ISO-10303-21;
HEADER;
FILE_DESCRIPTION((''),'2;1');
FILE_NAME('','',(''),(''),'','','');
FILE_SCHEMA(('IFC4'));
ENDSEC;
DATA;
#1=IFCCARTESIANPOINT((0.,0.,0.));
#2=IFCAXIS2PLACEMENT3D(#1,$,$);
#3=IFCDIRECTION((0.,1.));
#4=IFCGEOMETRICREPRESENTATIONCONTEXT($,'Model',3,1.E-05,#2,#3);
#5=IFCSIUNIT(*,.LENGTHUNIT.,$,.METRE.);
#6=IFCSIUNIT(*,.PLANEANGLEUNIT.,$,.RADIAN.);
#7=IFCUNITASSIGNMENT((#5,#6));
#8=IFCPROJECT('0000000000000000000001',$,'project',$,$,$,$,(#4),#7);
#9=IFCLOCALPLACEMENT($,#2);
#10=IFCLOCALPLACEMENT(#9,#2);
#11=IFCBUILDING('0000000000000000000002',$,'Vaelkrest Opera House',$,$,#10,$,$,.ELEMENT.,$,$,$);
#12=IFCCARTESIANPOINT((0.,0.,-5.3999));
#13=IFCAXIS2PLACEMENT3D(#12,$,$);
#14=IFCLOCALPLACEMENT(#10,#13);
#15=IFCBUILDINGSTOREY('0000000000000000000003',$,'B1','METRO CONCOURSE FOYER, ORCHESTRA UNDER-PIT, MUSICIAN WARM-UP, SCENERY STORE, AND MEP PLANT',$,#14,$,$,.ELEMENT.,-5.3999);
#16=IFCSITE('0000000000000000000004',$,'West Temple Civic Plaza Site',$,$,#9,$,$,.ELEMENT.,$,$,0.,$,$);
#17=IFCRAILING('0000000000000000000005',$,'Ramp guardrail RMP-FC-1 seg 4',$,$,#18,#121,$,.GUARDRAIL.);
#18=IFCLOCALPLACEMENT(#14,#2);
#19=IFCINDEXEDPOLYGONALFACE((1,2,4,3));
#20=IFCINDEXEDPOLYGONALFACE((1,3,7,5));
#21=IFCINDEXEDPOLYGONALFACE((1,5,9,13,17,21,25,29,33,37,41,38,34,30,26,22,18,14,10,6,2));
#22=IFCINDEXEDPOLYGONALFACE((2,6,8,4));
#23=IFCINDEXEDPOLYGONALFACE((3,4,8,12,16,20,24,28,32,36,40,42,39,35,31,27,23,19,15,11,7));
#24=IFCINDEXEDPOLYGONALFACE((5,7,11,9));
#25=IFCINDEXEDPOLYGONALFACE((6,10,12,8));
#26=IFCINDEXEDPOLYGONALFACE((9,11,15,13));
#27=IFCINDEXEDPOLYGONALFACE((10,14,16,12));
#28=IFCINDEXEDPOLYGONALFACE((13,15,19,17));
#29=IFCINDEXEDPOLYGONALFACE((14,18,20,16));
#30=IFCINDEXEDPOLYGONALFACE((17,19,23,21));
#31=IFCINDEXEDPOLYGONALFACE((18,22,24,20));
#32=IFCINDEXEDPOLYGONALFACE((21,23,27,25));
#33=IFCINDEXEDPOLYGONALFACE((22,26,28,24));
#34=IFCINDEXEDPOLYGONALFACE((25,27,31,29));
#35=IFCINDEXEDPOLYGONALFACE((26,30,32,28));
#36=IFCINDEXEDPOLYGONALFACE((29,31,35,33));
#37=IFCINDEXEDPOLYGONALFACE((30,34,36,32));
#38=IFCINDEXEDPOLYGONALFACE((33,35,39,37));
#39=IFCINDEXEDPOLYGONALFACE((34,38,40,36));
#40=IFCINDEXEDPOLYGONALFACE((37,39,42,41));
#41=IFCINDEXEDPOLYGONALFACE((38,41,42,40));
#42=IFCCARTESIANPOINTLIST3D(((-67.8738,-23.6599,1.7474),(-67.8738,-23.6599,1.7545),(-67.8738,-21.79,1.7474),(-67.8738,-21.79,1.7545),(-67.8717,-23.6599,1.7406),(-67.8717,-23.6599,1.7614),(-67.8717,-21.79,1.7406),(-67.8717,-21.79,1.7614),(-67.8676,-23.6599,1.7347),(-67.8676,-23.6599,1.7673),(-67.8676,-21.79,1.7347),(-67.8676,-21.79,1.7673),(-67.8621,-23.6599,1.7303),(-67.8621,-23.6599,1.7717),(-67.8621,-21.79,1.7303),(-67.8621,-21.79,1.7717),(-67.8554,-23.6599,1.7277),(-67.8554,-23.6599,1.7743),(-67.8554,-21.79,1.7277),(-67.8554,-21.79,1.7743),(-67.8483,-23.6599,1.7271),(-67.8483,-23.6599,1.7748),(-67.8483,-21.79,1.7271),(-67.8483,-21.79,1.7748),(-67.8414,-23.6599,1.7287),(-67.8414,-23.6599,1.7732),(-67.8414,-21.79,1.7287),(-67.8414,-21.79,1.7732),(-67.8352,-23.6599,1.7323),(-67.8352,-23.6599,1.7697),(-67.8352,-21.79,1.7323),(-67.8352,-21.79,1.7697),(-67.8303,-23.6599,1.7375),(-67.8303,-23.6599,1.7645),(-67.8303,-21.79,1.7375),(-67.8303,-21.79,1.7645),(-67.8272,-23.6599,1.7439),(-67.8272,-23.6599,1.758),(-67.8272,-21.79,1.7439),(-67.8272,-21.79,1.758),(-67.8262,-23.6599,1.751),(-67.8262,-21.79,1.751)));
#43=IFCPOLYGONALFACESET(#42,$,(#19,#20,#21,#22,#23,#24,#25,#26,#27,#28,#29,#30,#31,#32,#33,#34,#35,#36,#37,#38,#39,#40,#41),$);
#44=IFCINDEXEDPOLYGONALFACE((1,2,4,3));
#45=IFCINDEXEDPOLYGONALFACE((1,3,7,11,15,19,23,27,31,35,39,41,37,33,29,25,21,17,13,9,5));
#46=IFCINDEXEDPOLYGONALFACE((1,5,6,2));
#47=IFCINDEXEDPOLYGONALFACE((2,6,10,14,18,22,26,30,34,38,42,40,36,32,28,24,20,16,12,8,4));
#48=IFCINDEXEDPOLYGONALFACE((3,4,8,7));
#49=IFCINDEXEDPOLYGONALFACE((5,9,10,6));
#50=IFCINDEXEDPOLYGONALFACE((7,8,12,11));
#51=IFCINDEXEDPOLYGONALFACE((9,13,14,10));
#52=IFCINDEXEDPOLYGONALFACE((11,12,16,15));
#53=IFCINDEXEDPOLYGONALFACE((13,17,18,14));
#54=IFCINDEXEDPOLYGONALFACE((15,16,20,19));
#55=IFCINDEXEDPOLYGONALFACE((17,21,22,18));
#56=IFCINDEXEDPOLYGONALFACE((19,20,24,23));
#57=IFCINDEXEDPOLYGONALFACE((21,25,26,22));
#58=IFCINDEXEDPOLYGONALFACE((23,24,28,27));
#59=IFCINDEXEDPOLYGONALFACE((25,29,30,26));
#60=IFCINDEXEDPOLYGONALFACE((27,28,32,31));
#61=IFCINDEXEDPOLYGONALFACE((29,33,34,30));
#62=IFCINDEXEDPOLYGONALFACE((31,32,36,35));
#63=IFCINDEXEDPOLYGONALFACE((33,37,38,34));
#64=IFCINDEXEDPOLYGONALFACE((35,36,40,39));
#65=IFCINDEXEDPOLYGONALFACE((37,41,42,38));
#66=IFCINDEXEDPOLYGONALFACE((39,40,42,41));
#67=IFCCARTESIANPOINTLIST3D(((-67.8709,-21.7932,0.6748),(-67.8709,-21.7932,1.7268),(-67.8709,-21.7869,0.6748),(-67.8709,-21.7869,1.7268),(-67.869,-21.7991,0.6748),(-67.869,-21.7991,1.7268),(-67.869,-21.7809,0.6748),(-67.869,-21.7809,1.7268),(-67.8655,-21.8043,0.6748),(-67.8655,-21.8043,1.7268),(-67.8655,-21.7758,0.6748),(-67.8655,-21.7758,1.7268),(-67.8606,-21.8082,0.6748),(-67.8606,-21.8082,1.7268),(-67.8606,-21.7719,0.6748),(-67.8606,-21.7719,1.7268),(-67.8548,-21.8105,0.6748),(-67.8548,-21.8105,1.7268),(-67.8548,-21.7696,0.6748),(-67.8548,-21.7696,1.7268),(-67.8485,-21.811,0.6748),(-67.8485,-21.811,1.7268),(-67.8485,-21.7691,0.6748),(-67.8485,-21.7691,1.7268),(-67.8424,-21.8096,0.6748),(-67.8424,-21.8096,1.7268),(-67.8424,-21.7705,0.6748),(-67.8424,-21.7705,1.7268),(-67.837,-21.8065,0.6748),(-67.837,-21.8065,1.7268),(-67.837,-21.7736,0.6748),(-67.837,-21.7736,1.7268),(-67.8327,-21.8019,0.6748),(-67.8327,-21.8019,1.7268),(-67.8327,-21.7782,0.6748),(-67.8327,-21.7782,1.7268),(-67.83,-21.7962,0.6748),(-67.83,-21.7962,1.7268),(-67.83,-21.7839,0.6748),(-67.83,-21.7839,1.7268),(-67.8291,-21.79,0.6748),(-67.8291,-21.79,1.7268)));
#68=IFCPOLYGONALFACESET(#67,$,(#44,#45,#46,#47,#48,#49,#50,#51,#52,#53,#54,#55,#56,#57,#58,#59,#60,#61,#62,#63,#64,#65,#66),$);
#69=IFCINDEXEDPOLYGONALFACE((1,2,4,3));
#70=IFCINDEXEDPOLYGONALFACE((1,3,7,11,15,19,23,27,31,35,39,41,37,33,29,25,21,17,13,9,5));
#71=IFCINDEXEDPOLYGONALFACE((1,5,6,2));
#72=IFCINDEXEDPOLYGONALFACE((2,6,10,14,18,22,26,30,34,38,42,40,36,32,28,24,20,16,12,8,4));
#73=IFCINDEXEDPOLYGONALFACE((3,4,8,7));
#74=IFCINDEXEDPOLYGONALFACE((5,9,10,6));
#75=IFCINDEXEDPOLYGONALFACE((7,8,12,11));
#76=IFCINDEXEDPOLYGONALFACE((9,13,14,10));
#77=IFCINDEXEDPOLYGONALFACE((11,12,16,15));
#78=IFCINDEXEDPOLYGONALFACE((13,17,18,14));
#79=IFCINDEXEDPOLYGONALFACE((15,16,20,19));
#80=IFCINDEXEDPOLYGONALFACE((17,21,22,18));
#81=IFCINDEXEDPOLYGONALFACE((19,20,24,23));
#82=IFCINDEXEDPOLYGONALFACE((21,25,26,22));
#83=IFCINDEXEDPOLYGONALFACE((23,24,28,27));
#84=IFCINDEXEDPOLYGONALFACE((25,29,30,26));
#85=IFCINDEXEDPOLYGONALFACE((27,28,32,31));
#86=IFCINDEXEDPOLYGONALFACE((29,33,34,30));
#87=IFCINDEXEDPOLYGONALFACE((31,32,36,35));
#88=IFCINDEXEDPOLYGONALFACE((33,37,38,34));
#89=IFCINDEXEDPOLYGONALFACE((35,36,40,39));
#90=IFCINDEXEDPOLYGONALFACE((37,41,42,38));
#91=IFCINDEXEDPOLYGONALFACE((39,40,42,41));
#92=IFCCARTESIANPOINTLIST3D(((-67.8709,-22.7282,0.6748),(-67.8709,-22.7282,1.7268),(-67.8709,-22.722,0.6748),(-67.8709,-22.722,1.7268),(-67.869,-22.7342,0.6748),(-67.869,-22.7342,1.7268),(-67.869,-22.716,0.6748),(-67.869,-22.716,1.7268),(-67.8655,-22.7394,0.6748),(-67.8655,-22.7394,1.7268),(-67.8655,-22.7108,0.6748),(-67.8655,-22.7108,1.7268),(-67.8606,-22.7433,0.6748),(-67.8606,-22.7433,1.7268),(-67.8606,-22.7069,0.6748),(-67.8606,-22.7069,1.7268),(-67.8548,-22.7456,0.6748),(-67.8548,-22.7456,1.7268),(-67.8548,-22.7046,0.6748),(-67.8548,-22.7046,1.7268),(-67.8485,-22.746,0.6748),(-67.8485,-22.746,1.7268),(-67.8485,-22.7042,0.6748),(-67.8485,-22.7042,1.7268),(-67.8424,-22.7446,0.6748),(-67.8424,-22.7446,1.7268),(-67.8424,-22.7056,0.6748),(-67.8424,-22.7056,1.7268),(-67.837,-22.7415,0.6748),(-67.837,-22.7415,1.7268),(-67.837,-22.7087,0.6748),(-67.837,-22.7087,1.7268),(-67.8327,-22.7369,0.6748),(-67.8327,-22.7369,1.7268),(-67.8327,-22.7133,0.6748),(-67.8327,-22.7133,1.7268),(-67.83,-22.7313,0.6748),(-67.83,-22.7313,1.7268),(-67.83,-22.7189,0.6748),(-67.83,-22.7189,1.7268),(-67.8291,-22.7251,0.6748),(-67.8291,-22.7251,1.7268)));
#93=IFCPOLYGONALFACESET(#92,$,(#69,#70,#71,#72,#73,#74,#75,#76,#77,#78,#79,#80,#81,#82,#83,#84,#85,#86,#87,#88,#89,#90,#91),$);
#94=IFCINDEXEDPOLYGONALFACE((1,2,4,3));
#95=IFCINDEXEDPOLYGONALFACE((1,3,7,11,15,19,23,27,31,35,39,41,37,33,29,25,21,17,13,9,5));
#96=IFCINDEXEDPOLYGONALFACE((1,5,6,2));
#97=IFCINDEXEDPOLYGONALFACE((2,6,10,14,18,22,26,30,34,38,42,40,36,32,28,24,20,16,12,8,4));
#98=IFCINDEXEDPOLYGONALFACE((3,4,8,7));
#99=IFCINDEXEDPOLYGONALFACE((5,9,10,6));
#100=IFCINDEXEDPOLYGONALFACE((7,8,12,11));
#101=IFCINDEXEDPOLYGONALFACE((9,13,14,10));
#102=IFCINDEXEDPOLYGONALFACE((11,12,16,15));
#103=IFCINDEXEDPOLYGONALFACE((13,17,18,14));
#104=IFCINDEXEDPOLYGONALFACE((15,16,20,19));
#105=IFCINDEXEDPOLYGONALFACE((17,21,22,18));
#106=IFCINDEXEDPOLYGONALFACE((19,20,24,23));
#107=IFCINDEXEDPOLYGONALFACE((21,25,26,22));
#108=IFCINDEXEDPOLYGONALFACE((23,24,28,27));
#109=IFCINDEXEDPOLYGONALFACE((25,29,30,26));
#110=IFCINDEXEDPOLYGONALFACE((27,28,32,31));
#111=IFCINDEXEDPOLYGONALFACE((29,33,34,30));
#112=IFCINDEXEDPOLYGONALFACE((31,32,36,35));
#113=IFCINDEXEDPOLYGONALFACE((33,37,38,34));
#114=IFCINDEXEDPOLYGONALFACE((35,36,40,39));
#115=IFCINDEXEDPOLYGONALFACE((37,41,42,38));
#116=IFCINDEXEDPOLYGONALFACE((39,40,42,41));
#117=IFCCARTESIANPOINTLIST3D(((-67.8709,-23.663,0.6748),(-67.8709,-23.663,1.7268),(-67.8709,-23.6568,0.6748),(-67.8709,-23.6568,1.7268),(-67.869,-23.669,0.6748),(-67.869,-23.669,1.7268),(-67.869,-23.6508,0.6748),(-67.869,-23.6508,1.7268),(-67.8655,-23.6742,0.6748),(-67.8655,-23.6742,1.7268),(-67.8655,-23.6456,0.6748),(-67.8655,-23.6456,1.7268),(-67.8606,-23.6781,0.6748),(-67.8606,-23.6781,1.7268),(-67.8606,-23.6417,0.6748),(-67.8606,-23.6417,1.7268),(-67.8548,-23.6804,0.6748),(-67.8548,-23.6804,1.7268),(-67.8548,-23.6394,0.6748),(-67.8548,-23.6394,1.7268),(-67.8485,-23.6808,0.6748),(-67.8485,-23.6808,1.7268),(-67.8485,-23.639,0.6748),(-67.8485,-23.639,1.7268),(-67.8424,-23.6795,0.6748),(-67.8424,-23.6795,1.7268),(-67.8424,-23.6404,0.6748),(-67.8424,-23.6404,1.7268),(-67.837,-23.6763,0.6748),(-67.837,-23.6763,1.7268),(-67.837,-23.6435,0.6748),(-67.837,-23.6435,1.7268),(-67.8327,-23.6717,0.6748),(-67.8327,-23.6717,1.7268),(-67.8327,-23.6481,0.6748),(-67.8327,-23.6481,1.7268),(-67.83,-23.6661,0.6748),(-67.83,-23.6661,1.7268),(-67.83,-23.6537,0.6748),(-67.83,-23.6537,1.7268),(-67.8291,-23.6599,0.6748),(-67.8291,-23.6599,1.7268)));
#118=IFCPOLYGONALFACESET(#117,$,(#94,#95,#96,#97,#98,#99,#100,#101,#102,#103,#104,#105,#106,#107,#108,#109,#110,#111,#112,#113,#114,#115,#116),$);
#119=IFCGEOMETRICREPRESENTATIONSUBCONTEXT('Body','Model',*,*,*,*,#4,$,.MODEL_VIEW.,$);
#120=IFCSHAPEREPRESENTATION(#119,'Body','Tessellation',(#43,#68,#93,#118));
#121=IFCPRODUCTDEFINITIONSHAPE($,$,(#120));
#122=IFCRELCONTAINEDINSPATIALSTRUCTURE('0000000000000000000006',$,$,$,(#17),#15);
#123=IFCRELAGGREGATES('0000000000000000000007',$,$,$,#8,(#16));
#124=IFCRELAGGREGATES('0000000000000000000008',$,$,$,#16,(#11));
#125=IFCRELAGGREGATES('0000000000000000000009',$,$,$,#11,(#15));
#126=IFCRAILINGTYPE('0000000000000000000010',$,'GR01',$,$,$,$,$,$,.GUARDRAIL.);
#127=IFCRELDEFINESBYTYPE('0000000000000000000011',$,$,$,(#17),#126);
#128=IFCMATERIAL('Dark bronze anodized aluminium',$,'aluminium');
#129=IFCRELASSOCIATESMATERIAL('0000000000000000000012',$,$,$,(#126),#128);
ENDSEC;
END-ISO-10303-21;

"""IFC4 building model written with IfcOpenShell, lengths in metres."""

from ifc_helpers import new_model, si_unit, direction, frame, origin, origin_2d, place, context, subcontext, project, spatial, circle, extrude, material, type_object, element, save


model = new_model("IFC4")

# Units and contexts
model_context = context("Model", 3, precision=1e-05, world=origin(), true_north=direction((0.0, 1.0)))
body_context = subcontext(model_context, "Body", "Model", "MODEL_VIEW")
ifc_project = project(units=[si_unit("LENGTHUNIT", "METRE"), si_unit("PLANEANGLEUNIT", "RADIAN")], contexts=[model_context])

# Site, building, storey
site_placement = place(None, origin())
site = spatial("IfcSite", under=ifc_project, at=site_placement, Name="West Temple Civic Plaza Site", CompositionType="ELEMENT", RefElevation=0.0)
building_placement = place(site_placement, origin())
building = spatial("IfcBuilding", under=site, at=building_placement, Name="Vaelkrest Opera House", CompositionType="ELEMENT")
storey_placement = place(building_placement, frame((0.0, 0.0, -5.3999)))
storey = spatial("IfcBuildingStorey", under=building, at=storey_placement, Name="B1", Description="METRO CONCOURSE FOYER, ORCHESTRA UNDER-PIT, MUSICIAN WARM-UP, SCENERY STORE, AND MEP PLANT", CompositionType="ELEMENT", Elevation=-5.3999)

# Shared definitions
ifc_material_1 = material(Name="Dark bronze anodized aluminium", Category="aluminium")

# Railing
railing_type = type_object("IfcRailingType", Name="GR01", PredefinedType="GUARDRAIL", material=ifc_material_1)
railing_1_placement = place(storey_placement, frame((-67.8501, -21.79, 0.6748)))
element("IfcRailing", 1, at=railing_1_placement, inside=storey, type_object=railing_type, Name="Ramp guardrail RMP-FC-1 seg 4", PredefinedType="GUARDRAIL", context=body_context, shape_type="SweptSolid", body=[
    extrude(circle(Radius=0.0239, at=origin_2d()), frame((0.0, 0.0, 1.0762), z_axis=(0.0, -1.0, 0.0), x_axis=(1.0, 0.0, 0.0)), (0.0, 0.0, 1.0), 1.8699),
    extrude(circle(Radius=0.021, at=origin_2d()), origin(), (0.0, 0.0, 1.0), 1.052),
    extrude(circle(Radius=0.021, at=origin_2d()), frame((0.0, -0.9351, 0.0)), (0.0, 0.0, 1.0), 1.052),
    extrude(circle(Radius=0.021, at=origin_2d()), frame((0.0, -1.8699, 0.0)), (0.0, 0.0, 1.0), 1.052),
])

save(model, "model.ifc")
